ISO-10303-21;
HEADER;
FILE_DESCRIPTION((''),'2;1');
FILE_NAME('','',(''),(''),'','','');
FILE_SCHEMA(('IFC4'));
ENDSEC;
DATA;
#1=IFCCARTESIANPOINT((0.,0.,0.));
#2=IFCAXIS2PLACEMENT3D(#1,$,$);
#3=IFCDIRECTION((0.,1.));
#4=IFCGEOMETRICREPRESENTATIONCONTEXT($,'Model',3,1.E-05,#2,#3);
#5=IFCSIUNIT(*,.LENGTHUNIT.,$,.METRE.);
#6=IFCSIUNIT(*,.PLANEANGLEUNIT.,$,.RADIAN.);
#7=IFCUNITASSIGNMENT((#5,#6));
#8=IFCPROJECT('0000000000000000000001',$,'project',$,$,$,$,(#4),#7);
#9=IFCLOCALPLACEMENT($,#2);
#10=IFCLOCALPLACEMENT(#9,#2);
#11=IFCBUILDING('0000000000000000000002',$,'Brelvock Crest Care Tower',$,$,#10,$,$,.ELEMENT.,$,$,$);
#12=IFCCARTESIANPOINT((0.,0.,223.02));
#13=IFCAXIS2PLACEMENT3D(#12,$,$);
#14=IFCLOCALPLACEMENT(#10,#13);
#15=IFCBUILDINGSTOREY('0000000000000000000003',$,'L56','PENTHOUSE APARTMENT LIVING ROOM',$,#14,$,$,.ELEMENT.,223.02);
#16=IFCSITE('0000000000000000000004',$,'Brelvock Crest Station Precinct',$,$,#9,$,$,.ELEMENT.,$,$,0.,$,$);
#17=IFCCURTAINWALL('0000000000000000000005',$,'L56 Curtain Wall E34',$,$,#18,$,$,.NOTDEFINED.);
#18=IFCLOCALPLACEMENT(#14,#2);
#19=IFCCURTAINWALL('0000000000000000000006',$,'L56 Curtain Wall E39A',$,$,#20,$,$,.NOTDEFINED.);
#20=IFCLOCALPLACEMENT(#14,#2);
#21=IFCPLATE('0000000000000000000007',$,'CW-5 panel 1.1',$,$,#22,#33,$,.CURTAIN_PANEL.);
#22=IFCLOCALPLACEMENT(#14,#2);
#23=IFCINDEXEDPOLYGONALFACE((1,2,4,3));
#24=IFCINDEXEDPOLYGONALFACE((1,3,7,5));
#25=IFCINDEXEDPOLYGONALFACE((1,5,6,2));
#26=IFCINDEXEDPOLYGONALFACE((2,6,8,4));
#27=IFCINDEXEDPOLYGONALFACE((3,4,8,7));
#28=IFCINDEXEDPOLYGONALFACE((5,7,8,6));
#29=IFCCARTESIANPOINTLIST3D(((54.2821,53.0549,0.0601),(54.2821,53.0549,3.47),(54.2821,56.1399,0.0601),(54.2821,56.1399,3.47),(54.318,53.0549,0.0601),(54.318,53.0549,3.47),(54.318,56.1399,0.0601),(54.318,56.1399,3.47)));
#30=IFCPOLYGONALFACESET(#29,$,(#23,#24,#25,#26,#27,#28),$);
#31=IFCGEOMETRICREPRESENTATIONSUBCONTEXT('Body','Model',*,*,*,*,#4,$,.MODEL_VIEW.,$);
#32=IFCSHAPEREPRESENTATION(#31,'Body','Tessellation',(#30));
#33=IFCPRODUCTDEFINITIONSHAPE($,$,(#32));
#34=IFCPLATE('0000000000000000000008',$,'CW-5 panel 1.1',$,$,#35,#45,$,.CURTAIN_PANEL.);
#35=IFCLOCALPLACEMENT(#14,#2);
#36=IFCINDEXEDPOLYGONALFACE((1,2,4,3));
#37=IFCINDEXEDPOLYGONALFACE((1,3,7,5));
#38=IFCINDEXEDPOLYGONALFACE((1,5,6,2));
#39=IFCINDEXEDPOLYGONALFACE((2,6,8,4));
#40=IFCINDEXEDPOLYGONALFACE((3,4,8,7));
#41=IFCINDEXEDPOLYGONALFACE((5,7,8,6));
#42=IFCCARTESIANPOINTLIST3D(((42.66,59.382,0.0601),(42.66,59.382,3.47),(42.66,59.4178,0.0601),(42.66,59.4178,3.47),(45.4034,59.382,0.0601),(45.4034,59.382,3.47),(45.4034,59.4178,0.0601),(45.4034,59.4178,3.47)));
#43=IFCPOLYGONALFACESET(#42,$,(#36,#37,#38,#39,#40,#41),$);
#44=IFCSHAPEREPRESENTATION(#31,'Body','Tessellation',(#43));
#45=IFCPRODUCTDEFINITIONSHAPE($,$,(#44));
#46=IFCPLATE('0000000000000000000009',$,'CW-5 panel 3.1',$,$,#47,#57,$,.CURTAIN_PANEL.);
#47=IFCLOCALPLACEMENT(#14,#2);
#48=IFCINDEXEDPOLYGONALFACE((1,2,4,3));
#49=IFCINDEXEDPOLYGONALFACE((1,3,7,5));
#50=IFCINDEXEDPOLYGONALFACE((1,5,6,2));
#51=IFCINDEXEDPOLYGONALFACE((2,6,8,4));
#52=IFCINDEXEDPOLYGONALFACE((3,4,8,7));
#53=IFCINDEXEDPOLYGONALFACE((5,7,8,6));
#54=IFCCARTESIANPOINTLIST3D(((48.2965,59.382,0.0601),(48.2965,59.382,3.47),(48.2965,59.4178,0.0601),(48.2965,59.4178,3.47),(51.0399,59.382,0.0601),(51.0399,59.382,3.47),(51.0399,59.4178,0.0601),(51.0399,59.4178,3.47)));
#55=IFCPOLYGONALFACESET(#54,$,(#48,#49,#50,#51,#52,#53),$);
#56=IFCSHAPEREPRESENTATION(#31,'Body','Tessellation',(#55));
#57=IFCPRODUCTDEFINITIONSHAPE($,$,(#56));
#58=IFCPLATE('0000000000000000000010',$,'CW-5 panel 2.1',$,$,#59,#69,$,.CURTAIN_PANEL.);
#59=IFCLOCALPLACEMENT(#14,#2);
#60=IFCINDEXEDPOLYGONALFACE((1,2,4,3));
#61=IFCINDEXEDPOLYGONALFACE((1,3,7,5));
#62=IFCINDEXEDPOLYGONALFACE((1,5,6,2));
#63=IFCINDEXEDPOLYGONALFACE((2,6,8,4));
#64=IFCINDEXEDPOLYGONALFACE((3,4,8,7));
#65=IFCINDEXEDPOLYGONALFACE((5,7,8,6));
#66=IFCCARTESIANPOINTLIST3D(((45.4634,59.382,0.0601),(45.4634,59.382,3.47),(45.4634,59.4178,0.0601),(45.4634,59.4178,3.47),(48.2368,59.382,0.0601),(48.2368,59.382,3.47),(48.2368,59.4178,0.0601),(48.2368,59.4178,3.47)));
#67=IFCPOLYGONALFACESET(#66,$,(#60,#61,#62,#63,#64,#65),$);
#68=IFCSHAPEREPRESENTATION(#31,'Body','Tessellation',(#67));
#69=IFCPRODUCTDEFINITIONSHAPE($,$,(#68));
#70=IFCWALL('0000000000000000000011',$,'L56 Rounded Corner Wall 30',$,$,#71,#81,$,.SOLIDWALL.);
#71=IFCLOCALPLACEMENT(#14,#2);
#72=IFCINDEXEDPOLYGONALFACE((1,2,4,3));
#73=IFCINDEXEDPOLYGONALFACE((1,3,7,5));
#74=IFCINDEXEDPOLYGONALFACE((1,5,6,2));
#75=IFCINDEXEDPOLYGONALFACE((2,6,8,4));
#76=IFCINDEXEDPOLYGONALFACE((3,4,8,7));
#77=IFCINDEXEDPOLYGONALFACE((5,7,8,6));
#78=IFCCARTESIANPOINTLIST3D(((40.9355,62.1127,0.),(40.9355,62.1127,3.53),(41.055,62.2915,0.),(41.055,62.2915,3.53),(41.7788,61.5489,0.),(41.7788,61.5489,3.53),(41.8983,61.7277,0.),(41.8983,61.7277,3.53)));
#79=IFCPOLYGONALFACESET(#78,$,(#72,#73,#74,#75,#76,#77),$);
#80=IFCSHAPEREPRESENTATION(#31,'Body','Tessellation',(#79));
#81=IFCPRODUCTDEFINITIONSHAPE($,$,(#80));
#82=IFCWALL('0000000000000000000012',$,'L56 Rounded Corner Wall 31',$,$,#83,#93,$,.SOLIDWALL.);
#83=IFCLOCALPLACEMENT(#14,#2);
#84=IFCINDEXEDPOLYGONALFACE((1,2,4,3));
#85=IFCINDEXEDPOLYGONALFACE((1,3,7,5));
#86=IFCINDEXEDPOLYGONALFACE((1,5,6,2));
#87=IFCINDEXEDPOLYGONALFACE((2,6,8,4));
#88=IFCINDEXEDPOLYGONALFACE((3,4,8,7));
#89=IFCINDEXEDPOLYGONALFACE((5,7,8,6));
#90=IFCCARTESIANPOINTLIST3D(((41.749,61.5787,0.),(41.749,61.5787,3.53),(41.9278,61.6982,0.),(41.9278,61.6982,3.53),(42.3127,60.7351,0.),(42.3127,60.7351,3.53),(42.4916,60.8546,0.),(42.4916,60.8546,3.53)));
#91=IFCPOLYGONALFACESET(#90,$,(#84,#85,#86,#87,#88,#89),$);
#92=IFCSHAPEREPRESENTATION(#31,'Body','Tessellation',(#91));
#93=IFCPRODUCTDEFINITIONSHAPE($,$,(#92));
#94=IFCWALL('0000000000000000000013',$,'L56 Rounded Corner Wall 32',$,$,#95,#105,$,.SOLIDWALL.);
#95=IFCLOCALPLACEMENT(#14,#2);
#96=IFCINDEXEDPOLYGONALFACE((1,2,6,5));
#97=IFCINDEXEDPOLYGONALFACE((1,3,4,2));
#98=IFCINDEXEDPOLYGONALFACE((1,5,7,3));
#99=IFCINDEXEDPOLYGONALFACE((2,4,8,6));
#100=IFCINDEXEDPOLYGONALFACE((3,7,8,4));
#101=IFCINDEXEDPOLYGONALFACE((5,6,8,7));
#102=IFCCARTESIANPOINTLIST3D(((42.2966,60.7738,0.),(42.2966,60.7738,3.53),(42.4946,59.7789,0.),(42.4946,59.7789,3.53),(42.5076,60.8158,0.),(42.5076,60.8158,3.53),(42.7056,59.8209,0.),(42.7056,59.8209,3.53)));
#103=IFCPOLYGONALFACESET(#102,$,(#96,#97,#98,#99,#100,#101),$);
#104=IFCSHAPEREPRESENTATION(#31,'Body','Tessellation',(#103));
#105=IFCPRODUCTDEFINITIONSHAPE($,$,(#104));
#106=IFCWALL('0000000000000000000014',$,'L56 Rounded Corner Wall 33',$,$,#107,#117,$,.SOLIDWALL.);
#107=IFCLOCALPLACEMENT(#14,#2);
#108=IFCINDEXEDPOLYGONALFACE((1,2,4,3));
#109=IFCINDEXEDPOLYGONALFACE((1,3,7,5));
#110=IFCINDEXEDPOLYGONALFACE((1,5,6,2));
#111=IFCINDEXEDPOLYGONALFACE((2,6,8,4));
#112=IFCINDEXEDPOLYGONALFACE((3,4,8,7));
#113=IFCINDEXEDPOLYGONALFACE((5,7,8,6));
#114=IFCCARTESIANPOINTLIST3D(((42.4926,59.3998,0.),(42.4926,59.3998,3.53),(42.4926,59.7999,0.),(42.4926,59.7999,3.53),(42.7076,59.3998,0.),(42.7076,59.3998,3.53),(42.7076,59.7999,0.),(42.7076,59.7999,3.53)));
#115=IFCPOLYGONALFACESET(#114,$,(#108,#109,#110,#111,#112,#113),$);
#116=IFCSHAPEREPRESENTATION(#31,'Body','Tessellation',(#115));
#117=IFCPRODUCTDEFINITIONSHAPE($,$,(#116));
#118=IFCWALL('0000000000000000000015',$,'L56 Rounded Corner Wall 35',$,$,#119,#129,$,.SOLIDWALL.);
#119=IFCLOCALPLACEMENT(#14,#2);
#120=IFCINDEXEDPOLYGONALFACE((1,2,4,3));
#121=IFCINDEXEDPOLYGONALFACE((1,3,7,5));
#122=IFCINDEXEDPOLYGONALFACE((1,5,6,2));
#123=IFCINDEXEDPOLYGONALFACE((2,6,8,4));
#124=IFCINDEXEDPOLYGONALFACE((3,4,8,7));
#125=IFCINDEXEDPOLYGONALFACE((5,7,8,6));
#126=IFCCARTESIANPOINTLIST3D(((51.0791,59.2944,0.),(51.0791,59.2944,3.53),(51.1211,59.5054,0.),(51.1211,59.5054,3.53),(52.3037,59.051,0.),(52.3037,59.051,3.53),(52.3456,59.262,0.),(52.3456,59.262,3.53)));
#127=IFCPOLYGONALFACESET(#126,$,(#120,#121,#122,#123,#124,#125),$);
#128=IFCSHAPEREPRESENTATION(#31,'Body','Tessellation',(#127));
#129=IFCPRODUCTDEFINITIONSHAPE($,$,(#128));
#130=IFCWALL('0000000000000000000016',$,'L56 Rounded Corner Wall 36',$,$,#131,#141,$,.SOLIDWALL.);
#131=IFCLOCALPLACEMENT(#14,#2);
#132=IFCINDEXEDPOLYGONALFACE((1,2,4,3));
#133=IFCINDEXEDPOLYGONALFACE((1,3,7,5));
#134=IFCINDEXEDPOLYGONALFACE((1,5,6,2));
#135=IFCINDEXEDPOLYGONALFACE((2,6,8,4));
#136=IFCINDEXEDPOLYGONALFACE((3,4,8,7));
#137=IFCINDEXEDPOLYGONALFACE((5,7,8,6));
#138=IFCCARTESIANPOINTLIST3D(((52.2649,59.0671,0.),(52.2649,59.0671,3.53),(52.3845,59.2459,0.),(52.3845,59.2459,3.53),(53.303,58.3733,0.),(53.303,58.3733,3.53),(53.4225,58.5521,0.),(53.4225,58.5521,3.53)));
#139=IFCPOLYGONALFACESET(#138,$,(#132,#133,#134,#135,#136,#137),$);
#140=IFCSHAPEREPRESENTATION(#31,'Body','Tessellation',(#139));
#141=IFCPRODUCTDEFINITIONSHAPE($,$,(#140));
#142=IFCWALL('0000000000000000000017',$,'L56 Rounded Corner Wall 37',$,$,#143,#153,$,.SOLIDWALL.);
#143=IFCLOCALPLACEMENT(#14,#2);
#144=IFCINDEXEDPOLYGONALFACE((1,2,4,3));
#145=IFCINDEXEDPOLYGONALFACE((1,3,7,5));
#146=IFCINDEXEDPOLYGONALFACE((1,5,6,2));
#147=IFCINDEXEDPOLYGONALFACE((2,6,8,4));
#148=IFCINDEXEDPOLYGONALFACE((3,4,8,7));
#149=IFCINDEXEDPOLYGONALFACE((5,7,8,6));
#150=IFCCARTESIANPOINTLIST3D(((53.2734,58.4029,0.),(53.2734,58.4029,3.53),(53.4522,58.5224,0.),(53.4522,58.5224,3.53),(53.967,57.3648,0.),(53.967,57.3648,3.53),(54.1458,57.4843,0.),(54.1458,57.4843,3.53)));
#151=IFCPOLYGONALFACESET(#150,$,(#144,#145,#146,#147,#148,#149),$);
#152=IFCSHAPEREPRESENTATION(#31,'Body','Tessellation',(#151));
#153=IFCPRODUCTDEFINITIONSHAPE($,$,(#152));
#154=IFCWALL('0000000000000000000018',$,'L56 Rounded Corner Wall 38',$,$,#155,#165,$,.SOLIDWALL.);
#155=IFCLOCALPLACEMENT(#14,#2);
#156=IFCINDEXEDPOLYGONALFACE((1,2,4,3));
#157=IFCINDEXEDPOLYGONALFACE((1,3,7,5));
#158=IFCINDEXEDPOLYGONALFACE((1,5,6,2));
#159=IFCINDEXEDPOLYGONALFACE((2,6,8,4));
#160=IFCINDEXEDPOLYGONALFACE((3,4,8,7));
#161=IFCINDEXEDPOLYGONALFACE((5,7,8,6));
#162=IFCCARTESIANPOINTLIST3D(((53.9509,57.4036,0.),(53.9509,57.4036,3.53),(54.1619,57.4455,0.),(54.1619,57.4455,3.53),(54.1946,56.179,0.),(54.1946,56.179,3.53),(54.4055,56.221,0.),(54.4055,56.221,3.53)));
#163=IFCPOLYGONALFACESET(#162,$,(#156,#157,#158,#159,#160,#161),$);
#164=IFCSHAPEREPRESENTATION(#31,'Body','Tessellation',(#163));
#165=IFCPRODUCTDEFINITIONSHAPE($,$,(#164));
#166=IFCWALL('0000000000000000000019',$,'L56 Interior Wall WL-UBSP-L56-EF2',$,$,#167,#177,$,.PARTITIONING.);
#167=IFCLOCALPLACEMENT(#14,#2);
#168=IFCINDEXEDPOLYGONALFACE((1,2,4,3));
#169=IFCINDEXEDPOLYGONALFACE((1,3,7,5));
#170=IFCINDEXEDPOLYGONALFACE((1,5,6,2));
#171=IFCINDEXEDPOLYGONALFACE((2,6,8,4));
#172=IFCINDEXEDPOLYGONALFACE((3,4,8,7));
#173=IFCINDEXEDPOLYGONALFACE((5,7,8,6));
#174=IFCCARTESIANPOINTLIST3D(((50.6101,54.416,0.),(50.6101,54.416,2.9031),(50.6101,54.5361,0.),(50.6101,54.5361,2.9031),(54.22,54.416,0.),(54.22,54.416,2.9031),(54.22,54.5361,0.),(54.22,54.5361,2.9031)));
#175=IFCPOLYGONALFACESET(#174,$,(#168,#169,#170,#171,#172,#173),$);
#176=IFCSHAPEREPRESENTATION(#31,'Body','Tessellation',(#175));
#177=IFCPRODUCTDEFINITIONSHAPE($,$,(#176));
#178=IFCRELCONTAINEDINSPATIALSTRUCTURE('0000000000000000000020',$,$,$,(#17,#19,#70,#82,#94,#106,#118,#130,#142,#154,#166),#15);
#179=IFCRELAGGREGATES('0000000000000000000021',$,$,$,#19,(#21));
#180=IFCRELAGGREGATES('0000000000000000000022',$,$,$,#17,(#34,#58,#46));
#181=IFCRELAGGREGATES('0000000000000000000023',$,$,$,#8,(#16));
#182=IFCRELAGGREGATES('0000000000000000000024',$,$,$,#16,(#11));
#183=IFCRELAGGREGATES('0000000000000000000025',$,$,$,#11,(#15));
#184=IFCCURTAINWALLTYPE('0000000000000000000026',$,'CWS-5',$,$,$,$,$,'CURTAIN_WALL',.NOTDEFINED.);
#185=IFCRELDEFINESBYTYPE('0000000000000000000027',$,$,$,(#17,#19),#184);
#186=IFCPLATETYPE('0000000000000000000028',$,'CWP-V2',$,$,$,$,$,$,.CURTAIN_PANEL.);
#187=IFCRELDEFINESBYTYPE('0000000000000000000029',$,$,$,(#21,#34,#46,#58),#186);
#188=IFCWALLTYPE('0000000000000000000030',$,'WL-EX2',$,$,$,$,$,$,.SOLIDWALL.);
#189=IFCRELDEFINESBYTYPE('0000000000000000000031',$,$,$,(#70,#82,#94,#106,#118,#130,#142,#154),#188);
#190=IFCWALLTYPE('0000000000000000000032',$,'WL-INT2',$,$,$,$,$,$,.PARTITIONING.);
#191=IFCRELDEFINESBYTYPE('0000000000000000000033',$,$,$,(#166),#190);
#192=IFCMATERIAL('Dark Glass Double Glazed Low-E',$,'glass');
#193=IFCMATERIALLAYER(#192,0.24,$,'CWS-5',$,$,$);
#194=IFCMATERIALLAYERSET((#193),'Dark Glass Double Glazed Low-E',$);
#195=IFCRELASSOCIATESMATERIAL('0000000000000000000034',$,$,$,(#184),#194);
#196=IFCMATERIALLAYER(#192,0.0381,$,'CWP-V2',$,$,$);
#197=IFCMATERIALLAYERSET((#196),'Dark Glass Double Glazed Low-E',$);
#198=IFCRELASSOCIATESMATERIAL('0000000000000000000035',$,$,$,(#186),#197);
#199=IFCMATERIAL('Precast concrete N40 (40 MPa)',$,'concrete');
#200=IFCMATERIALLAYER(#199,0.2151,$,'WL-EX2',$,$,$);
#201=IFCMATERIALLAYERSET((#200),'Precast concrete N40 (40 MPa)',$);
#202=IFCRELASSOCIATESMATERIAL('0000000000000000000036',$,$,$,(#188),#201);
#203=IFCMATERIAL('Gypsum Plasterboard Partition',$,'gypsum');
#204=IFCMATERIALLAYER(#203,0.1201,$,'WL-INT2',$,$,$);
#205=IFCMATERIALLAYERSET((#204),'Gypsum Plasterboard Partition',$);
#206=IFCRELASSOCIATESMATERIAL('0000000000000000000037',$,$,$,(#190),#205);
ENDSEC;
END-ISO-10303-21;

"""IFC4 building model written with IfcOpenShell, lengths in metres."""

from ifc_helpers import new_model, si_unit, direction, frame, frame_2d, origin, origin_2d, place, context, subcontext, project, spatial, rectangle, extrude, source, transform, mapped, material, layer, layer_set, type_object, element, aggregate, save


model = new_model("IFC4")

# Units and contexts
model_context = context("Model", 3, precision=1e-05, world=origin(), true_north=direction((0.0, 1.0)))
body_context = subcontext(model_context, "Body", "Model", "MODEL_VIEW")
ifc_project = project(units=[si_unit("LENGTHUNIT", "METRE"), si_unit("PLANEANGLEUNIT", "RADIAN")], contexts=[model_context])

# Site, building, storey
site_placement = place(None, origin())
site = spatial("IfcSite", under=ifc_project, at=site_placement, Name="Brelvock Crest Station Precinct", CompositionType="ELEMENT", RefElevation=0.0)
building_placement = place(site_placement, origin())
building = spatial("IfcBuilding", under=site, at=building_placement, Name="Brelvock Crest Care Tower", CompositionType="ELEMENT")
storey_placement = place(building_placement, frame((0.0, 0.0, 223.02)))
storey = spatial("IfcBuildingStorey", under=building, at=storey_placement, Name="L56", Description="PENTHOUSE APARTMENT LIVING ROOM", CompositionType="ELEMENT", Elevation=223.02)

# Curtain walls
ifc_material_1 = material(Name="Dark Glass Double Glazed Low-E", Category="glass")
ifc_layer_1 = layer(ifc_material_1, 0.24, Name="CWS-5")
ifc_layer_set_1 = layer_set([ifc_layer_1], Name="Dark Glass Double Glazed Low-E")
curtain_wall_type = type_object("IfcCurtainWallType", Name="CWS-5", ElementType="CURTAIN_WALL", PredefinedType="NOTDEFINED", material=ifc_layer_set_1)
curtain_wall_1_placement = place(storey_placement, origin())
curtain_wall_1 = element("IfcCurtainWall", 1, at=curtain_wall_1_placement, inside=storey, type_object=curtain_wall_type, Name="L56 Curtain Wall E34", PredefinedType="NOTDEFINED")
curtain_wall_2_placement = place(storey_placement, origin())
curtain_wall_2 = element("IfcCurtainWall", 2, at=curtain_wall_2_placement, inside=storey, type_object=curtain_wall_type, Name="L56 Curtain Wall E39A", PredefinedType="NOTDEFINED")

# Plates
ifc_layer_2 = layer(ifc_material_1, 0.0381, Name="CWP-V2")
ifc_layer_set_2 = layer_set([ifc_layer_2], Name="Dark Glass Double Glazed Low-E")
plate_type = type_object("IfcPlateType", Name="CWP-V2", PredefinedType="CURTAIN_PANEL", material=ifc_layer_set_2)
shared_shape_1 = source(origin(), body_context, "Body", "SweptSolid", [
    extrude(rectangle(XDim=3.085, YDim=0.0359, at=origin_2d()), origin(), (0.0, 0.0, 1.0), 3.4099),
])
plate_1_placement = place(storey_placement, frame((54.3, 54.5974, 0.0601), z_axis=(0.0, 0.0, 1.0), x_axis=(0.0, -1.0, 0.0)))
plate_1 = element("IfcPlate", 3, at=plate_1_placement, type_object=plate_type, Name="CW-5 panel 1.1", PredefinedType="CURTAIN_PANEL", context=body_context, shape_type="MappedRepresentation", body=[
    mapped(shared_shape_1, transform((0.0, 0.0, 0.0), x_axis=(1.0, 0.0, 0.0), y_axis=(0.0, 1.0, 0.0), z_axis=(0.0, 0.0, 1.0), scale=1.0)),
])
aggregate(curtain_wall_2, [plate_1])
shared_shape_2 = source(origin(), body_context, "Body", "SweptSolid", [
    extrude(rectangle(XDim=2.7434, YDim=0.0359, at=origin_2d()), origin(), (0.0, 0.0, 1.0), 3.4099),
])
plate_2_placement = place(storey_placement, frame((44.0317, 59.3999, 0.0601), z_axis=(0.0, 0.0, 1.0), x_axis=(1.0, 0.0, 0.0)))
plate_2 = element("IfcPlate", 4, at=plate_2_placement, type_object=plate_type, Name="CW-5 panel 1.1", PredefinedType="CURTAIN_PANEL", context=body_context, shape_type="MappedRepresentation", body=[
    mapped(shared_shape_2, transform((0.0, 0.0, 0.0), x_axis=(1.0, 0.0, 0.0), y_axis=(0.0, 1.0, 0.0), z_axis=(0.0, 0.0, 1.0), scale=1.0)),
])
plate_3_placement = place(storey_placement, frame((49.6682, 59.3999, 0.0601), z_axis=(0.0, 0.0, 1.0), x_axis=(1.0, 0.0, 0.0)))
plate_3 = element("IfcPlate", 5, at=plate_3_placement, type_object=plate_type, Name="CW-5 panel 3.1", PredefinedType="CURTAIN_PANEL", context=body_context, shape_type="MappedRepresentation", body=[
    mapped(shared_shape_2, transform((0.0, 0.0, 0.0), x_axis=(1.0, 0.0, 0.0), y_axis=(0.0, 1.0, 0.0), z_axis=(0.0, 0.0, 1.0), scale=1.0)),
])
shared_shape_3 = source(origin(), body_context, "Body", "SweptSolid", [
    extrude(rectangle(XDim=2.7734, YDim=0.0359, at=origin_2d()), origin(), (0.0, 0.0, 1.0), 3.4099),
])
plate_4_placement = place(storey_placement, frame((46.8501, 59.3999, 0.0601), z_axis=(0.0, 0.0, 1.0), x_axis=(1.0, 0.0, 0.0)))
plate_4 = element("IfcPlate", 6, at=plate_4_placement, type_object=plate_type, Name="CW-5 panel 2.1", PredefinedType="CURTAIN_PANEL", context=body_context, shape_type="MappedRepresentation", body=[
    mapped(shared_shape_3, transform((0.0, 0.0, 0.0), x_axis=(1.0, 0.0, 0.0), y_axis=(0.0, 1.0, 0.0), z_axis=(0.0, 0.0, 1.0), scale=1.0)),
])
aggregate(curtain_wall_1, [plate_2, plate_4, plate_3])

# Walls
ifc_material_2 = material(Name="Precast concrete N40 (40 MPa)", Category="concrete")
ifc_layer_3 = layer(ifc_material_2, 0.2151, Name="WL-EX2")
ifc_layer_set_3 = layer_set([ifc_layer_3], Name="Precast concrete N40 (40 MPa)")
wall_type_1 = type_object("IfcWallType", Name="WL-EX2", PredefinedType="SOLIDWALL", material=ifc_layer_set_3)
wall_1_placement = place(storey_placement, frame((40.9951, 62.2021, 0.0), z_axis=(0.0, 0.0, 1.0), x_axis=(0.831346, -0.555755, 0.0)))
element("IfcWall", 7, at=wall_1_placement, inside=storey, type_object=wall_type_1, Name="L56 Rounded Corner Wall 30", PredefinedType="SOLIDWALL", context=body_context, shape_type="SweptSolid", body=[
    extrude(rectangle(XDim=1.0144, YDim=0.2151, at=frame_2d((0.5073, 0.0))), origin(), (0.0, 0.0, 1.0), 3.53),
])
wall_2_placement = place(storey_placement, frame((41.8384, 61.6384, 0.0), z_axis=(0.0, 0.0, 1.0), x_axis=(0.555644, -0.83142, 0.0)))
element("IfcWall", 8, at=wall_2_placement, inside=storey, type_object=wall_type_1, Name="L56 Rounded Corner Wall 31", PredefinedType="SOLIDWALL", context=body_context, shape_type="SweptSolid", body=[
    extrude(rectangle(XDim=1.0146, YDim=0.2151, at=frame_2d((0.5073, 0.0))), origin(), (0.0, 0.0, 1.0), 3.53),
])
wall_3_placement = place(storey_placement, frame((42.4021, 60.7949, 0.0), z_axis=(0.0, 0.0, 1.0), x_axis=(0.19519, -0.980765, 0.0)))
element("IfcWall", 9, at=wall_3_placement, inside=storey, type_object=wall_type_1, Name="L56 Rounded Corner Wall 32", PredefinedType="SOLIDWALL", context=body_context, shape_type="SweptSolid", body=[
    extrude(rectangle(XDim=1.0144, YDim=0.2151, at=frame_2d((0.5073, 0.0))), origin(), (0.0, 0.0, 1.0), 3.53),
])
wall_4_placement = place(storey_placement, frame((42.6001, 59.8, 0.0), z_axis=(0.0, 0.0, 1.0), x_axis=(0.0, -1.0, 0.0)))
element("IfcWall", 10, at=wall_4_placement, inside=storey, type_object=wall_type_1, Name="L56 Rounded Corner Wall 33", PredefinedType="SOLIDWALL", context=body_context, shape_type="SweptSolid", body=[
    extrude(rectangle(XDim=0.4001, YDim=0.2151, at=frame_2d((0.2002, 0.0))), origin(), (0.0, 0.0, 1.0), 3.53),
])
for number, where, z_axis, x_axis, name in (
    (11, (51.1001, 59.3999, 0.0), (0.0, 0.0, 1.0), (0.980813, -0.19495, 0.0), "L56 Rounded Corner Wall 35"),
    (12, (52.3247, 59.1565, 0.0), (0.0, 0.0, 1.0), (0.831388, -0.555692, 0.0), "L56 Rounded Corner Wall 36"),
    (13, (53.3628, 58.4626, 0.0), (0.0, 0.0, 1.0), (0.555557, -0.831478, 0.0), "L56 Rounded Corner Wall 37"),
    (14, (54.0564, 57.4246, 0.0), (0.0, 0.0, 1.0), (0.195138, -0.980776, 0.0), "L56 Rounded Corner Wall 38"),
):
    element("IfcWall", number, at=place(storey_placement, frame(where, z_axis=z_axis, x_axis=x_axis)), inside=storey, type_object=wall_type_1, Name=name, PredefinedType="SOLIDWALL", context=body_context, shape_type="SweptSolid", body=[
        extrude(rectangle(XDim=1.2485, YDim=0.2151, at=frame_2d((0.6243, 0.0))), origin(), (0.0, 0.0, 1.0), 3.53),
    ])
ifc_material_3 = material(Name="Gypsum Plasterboard Partition", Category="gypsum")
ifc_layer_4 = layer(ifc_material_3, 0.1201, Name="WL-INT2")
ifc_layer_set_4 = layer_set([ifc_layer_4], Name="Gypsum Plasterboard Partition")
wall_type_2 = type_object("IfcWallType", Name="WL-INT2", PredefinedType="PARTITIONING", material=ifc_layer_set_4)
wall_5_placement = place(storey_placement, frame((50.6101, 54.4761, 0.0), z_axis=(0.0, 0.0, 1.0), x_axis=(1.0, 0.0, 0.0)))
element("IfcWall", 15, at=wall_5_placement, inside=storey, type_object=wall_type_2, Name="L56 Interior Wall WL-UBSP-L56-EF2", PredefinedType="PARTITIONING", context=body_context, shape_type="SweptSolid", body=[
    extrude(rectangle(XDim=3.6099, YDim=0.1201, at=frame_2d((1.8049, 0.0))), origin(), (0.0, 0.0, 1.0), 2.9031),
])

save(model, "model.ifc")
